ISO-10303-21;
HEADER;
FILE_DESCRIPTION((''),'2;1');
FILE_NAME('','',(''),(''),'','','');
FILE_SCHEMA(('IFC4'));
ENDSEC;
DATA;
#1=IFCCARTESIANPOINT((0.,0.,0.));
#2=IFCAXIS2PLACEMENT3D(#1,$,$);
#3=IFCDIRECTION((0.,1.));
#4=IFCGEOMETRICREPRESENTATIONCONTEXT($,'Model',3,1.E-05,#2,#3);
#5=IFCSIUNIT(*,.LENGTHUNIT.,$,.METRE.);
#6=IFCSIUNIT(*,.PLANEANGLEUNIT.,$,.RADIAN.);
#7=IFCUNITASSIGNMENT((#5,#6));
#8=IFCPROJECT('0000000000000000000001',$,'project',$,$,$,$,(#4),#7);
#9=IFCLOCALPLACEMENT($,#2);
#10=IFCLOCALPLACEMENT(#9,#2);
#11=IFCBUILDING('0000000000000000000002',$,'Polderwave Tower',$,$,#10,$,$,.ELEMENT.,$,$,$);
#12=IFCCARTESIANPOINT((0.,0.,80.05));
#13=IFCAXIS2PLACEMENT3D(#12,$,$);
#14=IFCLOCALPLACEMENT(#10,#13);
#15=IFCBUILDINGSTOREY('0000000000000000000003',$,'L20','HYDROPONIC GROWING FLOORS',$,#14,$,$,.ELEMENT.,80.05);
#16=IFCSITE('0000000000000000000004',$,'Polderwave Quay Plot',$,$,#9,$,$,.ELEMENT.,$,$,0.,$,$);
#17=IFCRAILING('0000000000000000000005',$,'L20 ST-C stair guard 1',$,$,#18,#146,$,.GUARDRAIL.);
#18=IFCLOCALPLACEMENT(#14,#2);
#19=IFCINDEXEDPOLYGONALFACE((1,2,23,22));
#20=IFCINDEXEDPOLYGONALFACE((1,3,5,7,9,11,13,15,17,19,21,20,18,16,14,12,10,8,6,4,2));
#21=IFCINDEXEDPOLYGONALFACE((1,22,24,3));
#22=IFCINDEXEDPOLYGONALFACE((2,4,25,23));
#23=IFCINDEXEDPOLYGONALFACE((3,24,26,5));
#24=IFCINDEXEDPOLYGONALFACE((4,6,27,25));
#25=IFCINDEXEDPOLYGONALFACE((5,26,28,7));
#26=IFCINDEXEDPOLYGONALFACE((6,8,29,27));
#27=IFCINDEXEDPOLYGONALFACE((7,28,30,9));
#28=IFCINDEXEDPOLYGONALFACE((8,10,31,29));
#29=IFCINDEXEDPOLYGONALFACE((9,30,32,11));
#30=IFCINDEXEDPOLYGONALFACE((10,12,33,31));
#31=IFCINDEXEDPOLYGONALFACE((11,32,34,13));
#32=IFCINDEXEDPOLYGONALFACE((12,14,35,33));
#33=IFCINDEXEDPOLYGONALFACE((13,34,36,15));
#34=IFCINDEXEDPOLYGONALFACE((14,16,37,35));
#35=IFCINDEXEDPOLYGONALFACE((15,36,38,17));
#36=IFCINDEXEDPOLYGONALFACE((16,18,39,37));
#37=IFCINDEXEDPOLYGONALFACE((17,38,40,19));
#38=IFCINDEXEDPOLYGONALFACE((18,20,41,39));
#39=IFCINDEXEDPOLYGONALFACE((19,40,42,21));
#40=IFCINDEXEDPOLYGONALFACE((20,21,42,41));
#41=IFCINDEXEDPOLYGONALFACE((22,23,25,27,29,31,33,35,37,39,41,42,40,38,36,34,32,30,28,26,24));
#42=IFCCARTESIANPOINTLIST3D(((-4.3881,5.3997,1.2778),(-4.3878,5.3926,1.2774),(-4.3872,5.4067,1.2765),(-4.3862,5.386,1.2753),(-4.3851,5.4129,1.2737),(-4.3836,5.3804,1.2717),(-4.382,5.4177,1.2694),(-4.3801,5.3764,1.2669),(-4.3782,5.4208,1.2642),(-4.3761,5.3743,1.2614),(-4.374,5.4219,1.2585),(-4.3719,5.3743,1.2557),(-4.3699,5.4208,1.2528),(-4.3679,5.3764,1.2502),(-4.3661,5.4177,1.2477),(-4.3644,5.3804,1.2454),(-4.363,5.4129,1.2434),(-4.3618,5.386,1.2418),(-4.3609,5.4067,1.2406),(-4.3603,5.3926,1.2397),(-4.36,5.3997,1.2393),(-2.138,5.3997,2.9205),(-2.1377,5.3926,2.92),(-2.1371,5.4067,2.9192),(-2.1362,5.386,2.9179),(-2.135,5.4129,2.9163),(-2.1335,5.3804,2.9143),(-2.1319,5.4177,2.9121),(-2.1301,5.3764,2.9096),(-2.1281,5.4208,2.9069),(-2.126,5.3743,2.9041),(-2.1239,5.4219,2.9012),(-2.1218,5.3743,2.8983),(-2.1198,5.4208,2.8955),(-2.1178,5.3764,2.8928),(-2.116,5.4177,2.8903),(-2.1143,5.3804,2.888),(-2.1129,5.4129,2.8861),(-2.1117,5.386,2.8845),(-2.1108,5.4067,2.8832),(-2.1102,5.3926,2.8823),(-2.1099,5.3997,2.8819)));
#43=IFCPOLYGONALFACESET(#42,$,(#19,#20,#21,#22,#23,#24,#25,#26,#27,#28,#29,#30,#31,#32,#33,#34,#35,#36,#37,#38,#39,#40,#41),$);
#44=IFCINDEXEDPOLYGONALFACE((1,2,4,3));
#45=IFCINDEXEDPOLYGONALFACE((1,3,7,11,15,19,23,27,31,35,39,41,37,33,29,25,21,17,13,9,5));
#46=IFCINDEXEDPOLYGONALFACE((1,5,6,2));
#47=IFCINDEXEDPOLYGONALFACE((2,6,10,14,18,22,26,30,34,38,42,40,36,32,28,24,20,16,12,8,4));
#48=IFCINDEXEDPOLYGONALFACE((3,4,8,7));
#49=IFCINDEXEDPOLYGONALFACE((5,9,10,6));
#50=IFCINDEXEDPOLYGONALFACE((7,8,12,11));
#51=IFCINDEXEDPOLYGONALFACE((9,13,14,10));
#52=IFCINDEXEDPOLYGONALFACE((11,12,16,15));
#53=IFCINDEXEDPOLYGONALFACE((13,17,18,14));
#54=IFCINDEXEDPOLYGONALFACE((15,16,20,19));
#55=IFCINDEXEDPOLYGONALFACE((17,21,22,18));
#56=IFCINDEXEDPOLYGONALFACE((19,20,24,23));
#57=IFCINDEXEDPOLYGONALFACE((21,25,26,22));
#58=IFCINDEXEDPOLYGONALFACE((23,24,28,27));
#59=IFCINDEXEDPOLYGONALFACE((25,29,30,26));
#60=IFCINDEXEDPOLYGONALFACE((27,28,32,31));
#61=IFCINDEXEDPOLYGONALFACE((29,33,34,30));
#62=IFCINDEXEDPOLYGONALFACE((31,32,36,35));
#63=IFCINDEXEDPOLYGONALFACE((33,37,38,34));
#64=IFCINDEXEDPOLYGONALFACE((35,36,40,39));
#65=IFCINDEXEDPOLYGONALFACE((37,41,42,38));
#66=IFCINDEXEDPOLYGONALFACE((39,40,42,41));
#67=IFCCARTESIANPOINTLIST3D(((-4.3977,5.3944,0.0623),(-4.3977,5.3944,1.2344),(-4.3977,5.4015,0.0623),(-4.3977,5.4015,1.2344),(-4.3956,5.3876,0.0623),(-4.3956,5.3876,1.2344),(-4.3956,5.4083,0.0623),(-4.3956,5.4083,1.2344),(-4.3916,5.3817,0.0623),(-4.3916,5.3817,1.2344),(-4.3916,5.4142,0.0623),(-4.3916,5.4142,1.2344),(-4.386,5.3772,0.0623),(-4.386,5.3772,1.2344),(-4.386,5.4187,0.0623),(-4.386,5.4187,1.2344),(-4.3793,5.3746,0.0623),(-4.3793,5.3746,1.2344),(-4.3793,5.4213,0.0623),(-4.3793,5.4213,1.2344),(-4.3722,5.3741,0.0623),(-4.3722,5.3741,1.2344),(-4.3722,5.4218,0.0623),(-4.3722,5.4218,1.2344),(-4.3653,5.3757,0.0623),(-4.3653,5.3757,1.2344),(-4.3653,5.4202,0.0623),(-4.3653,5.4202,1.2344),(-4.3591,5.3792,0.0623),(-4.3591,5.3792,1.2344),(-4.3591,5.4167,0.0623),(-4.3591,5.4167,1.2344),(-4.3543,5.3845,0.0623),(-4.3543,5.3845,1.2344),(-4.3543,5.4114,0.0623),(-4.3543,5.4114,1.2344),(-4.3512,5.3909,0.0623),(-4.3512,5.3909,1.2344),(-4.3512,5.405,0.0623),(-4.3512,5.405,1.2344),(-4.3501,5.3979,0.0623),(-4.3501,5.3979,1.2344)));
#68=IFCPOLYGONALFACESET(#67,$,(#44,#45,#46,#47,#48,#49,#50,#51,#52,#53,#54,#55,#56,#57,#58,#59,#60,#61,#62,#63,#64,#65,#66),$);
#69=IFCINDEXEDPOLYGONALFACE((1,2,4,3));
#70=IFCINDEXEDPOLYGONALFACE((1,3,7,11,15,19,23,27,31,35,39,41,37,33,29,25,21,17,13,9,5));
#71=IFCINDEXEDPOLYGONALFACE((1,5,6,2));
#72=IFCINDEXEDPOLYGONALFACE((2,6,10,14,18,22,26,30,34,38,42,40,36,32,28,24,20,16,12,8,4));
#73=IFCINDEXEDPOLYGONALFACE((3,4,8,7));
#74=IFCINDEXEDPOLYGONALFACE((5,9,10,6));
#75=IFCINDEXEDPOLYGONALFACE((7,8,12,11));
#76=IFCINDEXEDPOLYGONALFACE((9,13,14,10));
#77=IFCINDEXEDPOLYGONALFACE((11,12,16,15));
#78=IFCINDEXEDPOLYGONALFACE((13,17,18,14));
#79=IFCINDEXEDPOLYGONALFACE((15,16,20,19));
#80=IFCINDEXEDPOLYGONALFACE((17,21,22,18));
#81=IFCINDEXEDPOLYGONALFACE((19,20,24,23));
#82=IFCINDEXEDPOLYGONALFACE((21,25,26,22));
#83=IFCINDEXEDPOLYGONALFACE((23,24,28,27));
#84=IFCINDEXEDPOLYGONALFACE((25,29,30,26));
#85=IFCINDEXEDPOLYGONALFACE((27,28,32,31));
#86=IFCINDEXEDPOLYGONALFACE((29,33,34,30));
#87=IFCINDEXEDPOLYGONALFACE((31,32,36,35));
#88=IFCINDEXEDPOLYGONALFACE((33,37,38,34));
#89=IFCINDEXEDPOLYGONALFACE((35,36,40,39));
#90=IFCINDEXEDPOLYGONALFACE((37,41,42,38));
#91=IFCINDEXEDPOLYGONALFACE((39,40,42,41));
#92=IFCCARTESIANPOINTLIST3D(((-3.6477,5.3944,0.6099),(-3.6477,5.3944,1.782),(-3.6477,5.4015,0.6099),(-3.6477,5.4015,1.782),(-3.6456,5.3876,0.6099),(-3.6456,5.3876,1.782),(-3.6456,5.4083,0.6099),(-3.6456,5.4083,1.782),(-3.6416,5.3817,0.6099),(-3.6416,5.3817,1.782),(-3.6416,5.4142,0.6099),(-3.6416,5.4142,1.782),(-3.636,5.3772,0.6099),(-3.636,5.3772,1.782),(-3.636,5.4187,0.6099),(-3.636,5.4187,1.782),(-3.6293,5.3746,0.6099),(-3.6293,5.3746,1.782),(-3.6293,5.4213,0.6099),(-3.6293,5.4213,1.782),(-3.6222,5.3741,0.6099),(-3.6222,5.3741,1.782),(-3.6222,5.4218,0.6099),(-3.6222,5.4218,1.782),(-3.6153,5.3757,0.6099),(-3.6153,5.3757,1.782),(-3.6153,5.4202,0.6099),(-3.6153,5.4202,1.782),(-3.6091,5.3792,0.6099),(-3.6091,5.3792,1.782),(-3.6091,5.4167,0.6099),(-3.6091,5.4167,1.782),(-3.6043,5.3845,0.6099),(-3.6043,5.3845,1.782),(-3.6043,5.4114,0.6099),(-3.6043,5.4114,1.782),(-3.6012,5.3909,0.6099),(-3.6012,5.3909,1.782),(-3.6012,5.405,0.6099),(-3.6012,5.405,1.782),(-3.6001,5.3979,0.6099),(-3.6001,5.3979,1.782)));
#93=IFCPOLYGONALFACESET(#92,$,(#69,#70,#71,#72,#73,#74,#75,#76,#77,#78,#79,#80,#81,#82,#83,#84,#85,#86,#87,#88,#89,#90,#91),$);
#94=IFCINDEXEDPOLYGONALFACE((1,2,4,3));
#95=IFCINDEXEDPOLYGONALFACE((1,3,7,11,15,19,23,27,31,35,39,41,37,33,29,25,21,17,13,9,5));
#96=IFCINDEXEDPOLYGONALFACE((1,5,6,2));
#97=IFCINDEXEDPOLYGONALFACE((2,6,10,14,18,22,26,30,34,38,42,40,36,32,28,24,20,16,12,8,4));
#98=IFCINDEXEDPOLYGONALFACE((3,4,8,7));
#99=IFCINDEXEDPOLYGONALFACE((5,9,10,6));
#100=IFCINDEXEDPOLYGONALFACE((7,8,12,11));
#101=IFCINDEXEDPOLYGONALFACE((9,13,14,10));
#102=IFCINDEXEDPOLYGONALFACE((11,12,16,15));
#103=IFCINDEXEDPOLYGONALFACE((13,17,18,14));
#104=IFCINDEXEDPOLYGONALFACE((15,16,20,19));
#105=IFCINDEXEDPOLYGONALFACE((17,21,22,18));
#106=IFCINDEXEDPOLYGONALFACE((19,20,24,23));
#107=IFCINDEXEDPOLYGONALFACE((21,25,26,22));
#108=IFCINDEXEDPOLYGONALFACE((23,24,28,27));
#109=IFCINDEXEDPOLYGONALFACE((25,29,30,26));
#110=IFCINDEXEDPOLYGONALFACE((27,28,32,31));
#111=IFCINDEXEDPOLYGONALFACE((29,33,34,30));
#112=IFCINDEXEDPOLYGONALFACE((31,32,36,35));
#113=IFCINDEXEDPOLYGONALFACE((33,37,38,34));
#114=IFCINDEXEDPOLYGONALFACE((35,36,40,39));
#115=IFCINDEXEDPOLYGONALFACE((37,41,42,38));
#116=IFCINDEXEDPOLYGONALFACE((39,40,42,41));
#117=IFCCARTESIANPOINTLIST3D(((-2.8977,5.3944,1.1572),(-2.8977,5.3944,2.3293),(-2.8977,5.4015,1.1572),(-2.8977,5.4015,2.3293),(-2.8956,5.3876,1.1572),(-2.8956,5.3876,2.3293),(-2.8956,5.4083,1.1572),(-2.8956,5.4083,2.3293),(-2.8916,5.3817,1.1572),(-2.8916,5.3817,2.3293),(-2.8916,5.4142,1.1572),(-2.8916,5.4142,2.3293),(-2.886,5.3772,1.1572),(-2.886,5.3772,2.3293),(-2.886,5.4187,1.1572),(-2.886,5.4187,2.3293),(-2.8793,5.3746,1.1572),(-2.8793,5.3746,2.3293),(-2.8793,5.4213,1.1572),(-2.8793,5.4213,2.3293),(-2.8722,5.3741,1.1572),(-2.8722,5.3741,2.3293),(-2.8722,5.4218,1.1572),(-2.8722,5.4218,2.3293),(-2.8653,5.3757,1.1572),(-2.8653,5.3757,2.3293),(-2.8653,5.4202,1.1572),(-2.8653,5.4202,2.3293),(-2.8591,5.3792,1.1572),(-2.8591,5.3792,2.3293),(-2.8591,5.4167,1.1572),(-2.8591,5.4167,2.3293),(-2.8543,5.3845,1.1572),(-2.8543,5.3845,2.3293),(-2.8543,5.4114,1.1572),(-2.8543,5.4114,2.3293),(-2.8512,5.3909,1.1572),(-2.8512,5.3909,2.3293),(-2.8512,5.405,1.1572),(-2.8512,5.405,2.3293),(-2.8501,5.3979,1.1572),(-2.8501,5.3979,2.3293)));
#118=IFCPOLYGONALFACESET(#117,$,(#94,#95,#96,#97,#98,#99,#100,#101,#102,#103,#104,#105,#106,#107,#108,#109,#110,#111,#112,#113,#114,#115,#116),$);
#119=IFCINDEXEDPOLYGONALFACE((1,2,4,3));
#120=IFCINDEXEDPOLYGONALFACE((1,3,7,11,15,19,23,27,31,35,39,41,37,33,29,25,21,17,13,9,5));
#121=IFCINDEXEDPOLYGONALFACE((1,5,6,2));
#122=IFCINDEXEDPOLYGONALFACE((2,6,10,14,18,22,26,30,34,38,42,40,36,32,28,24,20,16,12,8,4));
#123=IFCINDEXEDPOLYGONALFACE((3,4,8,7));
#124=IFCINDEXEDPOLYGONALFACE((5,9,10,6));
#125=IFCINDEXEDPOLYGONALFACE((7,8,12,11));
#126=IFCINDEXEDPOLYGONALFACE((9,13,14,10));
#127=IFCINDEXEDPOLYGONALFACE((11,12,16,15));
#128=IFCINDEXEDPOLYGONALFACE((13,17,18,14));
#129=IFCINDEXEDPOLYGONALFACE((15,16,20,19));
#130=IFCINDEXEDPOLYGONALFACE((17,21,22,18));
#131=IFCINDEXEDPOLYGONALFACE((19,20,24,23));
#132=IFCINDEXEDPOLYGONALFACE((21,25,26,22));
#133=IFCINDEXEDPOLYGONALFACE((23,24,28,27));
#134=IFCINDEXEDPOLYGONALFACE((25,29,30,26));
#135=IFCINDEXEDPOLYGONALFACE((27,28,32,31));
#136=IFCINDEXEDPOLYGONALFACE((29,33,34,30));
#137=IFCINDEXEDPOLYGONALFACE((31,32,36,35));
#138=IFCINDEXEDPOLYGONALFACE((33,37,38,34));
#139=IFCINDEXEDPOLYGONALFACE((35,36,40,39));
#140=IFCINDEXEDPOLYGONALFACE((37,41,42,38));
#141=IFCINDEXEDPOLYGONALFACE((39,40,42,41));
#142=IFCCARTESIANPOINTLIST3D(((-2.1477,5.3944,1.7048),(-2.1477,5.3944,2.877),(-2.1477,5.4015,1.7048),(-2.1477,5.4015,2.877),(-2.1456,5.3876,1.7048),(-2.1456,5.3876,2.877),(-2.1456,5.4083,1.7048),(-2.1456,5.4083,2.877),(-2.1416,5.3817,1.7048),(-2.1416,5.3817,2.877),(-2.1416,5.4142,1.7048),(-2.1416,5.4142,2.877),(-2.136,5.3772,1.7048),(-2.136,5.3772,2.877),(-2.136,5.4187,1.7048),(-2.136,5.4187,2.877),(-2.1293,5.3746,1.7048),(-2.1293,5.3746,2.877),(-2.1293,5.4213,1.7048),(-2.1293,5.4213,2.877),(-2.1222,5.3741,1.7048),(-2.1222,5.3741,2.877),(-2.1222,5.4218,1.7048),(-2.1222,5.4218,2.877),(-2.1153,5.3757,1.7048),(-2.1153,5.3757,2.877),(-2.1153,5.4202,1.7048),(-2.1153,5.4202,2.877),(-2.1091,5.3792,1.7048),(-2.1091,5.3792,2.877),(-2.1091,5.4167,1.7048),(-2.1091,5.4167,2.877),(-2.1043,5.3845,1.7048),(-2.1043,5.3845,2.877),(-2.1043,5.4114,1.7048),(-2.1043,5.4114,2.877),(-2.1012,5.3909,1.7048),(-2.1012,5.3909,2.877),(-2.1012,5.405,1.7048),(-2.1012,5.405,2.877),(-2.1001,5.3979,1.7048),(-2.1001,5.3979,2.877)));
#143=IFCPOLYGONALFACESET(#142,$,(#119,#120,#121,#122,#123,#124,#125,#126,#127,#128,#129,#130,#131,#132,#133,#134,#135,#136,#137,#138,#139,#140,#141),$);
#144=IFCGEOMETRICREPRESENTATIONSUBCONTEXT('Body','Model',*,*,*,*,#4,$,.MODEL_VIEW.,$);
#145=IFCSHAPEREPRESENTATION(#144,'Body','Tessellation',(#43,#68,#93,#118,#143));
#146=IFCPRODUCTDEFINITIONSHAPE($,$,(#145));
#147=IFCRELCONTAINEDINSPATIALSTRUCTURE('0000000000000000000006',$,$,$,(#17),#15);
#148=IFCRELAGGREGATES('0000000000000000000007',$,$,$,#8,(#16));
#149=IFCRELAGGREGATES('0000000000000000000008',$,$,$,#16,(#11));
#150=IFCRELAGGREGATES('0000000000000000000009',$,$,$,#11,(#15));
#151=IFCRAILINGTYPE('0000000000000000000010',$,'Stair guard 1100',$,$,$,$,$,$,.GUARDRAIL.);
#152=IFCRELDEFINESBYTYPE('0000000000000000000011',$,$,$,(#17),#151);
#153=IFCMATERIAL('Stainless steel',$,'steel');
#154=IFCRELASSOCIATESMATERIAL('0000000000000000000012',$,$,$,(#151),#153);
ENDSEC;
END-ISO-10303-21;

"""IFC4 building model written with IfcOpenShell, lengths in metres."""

from ifc_helpers import new_model, si_unit, direction, frame, origin, origin_2d, place, context, subcontext, project, spatial, circle, extrude, material, type_object, element, save


model = new_model("IFC4")

# Units and contexts
model_context = context("Model", 3, precision=1e-05, world=origin(), true_north=direction((0.0, 1.0)))
body_context = subcontext(model_context, "Body", "Model", "MODEL_VIEW")
ifc_project = project(units=[si_unit("LENGTHUNIT", "METRE"), si_unit("PLANEANGLEUNIT", "RADIAN")], contexts=[model_context])

# Site, building, storey
site_placement = place(None, origin())
site = spatial("IfcSite", under=ifc_project, at=site_placement, Name="Polderwave Quay Plot", CompositionType="ELEMENT", RefElevation=0.0)
building_placement = place(site_placement, origin())
building = spatial("IfcBuilding", under=site, at=building_placement, Name="Polderwave Tower", CompositionType="ELEMENT")
storey_placement = place(building_placement, frame((0.0, 0.0, 80.05)))
storey = spatial("IfcBuildingStorey", under=building, at=storey_placement, Name="L20", Description="HYDROPONIC GROWING FLOORS", CompositionType="ELEMENT", Elevation=80.05)

# Railing
ifc_material_1 = material(Name="Stainless steel", Category="steel")
railing_type_1 = type_object("IfcRailingType", Name="Stair guard 1100", PredefinedType="GUARDRAIL", material=ifc_material_1)
railing_1_placement = place(storey_placement, frame((-4.374, 5.3979, 0.0623)))
element("IfcRailing", 1, at=railing_1_placement, inside=storey, type_object=railing_type_1, Name="L20 ST-C stair guard 1", PredefinedType="GUARDRAIL", context=body_context, shape_type="SweptSolid", body=[
    extrude(circle(Radius=0.0239, at=origin_2d()), frame((0.0, 0.0, 1.1963), z_axis=(0.807674, 0.0, 0.58963), x_axis=(0.0, 1.0, 0.0)), (0.0, 0.0, 1.0), 2.7859),
    extrude(circle(Radius=0.0239, at=origin_2d()), origin(), (0.0, 0.0, 1.0), 1.1721),
    extrude(circle(Radius=0.0239, at=origin_2d()), frame((0.75, 0.0, 0.5476)), (0.0, 0.0, 1.0), 1.1721),
    extrude(circle(Radius=0.0239, at=origin_2d()), frame((1.5, 0.0, 1.095)), (0.0, 0.0, 1.0), 1.1721),
    extrude(circle(Radius=0.0239, at=origin_2d()), frame((2.25, 0.0, 1.6426)), (0.0, 0.0, 1.0), 1.1721),
])

save(model, "model.ifc")
